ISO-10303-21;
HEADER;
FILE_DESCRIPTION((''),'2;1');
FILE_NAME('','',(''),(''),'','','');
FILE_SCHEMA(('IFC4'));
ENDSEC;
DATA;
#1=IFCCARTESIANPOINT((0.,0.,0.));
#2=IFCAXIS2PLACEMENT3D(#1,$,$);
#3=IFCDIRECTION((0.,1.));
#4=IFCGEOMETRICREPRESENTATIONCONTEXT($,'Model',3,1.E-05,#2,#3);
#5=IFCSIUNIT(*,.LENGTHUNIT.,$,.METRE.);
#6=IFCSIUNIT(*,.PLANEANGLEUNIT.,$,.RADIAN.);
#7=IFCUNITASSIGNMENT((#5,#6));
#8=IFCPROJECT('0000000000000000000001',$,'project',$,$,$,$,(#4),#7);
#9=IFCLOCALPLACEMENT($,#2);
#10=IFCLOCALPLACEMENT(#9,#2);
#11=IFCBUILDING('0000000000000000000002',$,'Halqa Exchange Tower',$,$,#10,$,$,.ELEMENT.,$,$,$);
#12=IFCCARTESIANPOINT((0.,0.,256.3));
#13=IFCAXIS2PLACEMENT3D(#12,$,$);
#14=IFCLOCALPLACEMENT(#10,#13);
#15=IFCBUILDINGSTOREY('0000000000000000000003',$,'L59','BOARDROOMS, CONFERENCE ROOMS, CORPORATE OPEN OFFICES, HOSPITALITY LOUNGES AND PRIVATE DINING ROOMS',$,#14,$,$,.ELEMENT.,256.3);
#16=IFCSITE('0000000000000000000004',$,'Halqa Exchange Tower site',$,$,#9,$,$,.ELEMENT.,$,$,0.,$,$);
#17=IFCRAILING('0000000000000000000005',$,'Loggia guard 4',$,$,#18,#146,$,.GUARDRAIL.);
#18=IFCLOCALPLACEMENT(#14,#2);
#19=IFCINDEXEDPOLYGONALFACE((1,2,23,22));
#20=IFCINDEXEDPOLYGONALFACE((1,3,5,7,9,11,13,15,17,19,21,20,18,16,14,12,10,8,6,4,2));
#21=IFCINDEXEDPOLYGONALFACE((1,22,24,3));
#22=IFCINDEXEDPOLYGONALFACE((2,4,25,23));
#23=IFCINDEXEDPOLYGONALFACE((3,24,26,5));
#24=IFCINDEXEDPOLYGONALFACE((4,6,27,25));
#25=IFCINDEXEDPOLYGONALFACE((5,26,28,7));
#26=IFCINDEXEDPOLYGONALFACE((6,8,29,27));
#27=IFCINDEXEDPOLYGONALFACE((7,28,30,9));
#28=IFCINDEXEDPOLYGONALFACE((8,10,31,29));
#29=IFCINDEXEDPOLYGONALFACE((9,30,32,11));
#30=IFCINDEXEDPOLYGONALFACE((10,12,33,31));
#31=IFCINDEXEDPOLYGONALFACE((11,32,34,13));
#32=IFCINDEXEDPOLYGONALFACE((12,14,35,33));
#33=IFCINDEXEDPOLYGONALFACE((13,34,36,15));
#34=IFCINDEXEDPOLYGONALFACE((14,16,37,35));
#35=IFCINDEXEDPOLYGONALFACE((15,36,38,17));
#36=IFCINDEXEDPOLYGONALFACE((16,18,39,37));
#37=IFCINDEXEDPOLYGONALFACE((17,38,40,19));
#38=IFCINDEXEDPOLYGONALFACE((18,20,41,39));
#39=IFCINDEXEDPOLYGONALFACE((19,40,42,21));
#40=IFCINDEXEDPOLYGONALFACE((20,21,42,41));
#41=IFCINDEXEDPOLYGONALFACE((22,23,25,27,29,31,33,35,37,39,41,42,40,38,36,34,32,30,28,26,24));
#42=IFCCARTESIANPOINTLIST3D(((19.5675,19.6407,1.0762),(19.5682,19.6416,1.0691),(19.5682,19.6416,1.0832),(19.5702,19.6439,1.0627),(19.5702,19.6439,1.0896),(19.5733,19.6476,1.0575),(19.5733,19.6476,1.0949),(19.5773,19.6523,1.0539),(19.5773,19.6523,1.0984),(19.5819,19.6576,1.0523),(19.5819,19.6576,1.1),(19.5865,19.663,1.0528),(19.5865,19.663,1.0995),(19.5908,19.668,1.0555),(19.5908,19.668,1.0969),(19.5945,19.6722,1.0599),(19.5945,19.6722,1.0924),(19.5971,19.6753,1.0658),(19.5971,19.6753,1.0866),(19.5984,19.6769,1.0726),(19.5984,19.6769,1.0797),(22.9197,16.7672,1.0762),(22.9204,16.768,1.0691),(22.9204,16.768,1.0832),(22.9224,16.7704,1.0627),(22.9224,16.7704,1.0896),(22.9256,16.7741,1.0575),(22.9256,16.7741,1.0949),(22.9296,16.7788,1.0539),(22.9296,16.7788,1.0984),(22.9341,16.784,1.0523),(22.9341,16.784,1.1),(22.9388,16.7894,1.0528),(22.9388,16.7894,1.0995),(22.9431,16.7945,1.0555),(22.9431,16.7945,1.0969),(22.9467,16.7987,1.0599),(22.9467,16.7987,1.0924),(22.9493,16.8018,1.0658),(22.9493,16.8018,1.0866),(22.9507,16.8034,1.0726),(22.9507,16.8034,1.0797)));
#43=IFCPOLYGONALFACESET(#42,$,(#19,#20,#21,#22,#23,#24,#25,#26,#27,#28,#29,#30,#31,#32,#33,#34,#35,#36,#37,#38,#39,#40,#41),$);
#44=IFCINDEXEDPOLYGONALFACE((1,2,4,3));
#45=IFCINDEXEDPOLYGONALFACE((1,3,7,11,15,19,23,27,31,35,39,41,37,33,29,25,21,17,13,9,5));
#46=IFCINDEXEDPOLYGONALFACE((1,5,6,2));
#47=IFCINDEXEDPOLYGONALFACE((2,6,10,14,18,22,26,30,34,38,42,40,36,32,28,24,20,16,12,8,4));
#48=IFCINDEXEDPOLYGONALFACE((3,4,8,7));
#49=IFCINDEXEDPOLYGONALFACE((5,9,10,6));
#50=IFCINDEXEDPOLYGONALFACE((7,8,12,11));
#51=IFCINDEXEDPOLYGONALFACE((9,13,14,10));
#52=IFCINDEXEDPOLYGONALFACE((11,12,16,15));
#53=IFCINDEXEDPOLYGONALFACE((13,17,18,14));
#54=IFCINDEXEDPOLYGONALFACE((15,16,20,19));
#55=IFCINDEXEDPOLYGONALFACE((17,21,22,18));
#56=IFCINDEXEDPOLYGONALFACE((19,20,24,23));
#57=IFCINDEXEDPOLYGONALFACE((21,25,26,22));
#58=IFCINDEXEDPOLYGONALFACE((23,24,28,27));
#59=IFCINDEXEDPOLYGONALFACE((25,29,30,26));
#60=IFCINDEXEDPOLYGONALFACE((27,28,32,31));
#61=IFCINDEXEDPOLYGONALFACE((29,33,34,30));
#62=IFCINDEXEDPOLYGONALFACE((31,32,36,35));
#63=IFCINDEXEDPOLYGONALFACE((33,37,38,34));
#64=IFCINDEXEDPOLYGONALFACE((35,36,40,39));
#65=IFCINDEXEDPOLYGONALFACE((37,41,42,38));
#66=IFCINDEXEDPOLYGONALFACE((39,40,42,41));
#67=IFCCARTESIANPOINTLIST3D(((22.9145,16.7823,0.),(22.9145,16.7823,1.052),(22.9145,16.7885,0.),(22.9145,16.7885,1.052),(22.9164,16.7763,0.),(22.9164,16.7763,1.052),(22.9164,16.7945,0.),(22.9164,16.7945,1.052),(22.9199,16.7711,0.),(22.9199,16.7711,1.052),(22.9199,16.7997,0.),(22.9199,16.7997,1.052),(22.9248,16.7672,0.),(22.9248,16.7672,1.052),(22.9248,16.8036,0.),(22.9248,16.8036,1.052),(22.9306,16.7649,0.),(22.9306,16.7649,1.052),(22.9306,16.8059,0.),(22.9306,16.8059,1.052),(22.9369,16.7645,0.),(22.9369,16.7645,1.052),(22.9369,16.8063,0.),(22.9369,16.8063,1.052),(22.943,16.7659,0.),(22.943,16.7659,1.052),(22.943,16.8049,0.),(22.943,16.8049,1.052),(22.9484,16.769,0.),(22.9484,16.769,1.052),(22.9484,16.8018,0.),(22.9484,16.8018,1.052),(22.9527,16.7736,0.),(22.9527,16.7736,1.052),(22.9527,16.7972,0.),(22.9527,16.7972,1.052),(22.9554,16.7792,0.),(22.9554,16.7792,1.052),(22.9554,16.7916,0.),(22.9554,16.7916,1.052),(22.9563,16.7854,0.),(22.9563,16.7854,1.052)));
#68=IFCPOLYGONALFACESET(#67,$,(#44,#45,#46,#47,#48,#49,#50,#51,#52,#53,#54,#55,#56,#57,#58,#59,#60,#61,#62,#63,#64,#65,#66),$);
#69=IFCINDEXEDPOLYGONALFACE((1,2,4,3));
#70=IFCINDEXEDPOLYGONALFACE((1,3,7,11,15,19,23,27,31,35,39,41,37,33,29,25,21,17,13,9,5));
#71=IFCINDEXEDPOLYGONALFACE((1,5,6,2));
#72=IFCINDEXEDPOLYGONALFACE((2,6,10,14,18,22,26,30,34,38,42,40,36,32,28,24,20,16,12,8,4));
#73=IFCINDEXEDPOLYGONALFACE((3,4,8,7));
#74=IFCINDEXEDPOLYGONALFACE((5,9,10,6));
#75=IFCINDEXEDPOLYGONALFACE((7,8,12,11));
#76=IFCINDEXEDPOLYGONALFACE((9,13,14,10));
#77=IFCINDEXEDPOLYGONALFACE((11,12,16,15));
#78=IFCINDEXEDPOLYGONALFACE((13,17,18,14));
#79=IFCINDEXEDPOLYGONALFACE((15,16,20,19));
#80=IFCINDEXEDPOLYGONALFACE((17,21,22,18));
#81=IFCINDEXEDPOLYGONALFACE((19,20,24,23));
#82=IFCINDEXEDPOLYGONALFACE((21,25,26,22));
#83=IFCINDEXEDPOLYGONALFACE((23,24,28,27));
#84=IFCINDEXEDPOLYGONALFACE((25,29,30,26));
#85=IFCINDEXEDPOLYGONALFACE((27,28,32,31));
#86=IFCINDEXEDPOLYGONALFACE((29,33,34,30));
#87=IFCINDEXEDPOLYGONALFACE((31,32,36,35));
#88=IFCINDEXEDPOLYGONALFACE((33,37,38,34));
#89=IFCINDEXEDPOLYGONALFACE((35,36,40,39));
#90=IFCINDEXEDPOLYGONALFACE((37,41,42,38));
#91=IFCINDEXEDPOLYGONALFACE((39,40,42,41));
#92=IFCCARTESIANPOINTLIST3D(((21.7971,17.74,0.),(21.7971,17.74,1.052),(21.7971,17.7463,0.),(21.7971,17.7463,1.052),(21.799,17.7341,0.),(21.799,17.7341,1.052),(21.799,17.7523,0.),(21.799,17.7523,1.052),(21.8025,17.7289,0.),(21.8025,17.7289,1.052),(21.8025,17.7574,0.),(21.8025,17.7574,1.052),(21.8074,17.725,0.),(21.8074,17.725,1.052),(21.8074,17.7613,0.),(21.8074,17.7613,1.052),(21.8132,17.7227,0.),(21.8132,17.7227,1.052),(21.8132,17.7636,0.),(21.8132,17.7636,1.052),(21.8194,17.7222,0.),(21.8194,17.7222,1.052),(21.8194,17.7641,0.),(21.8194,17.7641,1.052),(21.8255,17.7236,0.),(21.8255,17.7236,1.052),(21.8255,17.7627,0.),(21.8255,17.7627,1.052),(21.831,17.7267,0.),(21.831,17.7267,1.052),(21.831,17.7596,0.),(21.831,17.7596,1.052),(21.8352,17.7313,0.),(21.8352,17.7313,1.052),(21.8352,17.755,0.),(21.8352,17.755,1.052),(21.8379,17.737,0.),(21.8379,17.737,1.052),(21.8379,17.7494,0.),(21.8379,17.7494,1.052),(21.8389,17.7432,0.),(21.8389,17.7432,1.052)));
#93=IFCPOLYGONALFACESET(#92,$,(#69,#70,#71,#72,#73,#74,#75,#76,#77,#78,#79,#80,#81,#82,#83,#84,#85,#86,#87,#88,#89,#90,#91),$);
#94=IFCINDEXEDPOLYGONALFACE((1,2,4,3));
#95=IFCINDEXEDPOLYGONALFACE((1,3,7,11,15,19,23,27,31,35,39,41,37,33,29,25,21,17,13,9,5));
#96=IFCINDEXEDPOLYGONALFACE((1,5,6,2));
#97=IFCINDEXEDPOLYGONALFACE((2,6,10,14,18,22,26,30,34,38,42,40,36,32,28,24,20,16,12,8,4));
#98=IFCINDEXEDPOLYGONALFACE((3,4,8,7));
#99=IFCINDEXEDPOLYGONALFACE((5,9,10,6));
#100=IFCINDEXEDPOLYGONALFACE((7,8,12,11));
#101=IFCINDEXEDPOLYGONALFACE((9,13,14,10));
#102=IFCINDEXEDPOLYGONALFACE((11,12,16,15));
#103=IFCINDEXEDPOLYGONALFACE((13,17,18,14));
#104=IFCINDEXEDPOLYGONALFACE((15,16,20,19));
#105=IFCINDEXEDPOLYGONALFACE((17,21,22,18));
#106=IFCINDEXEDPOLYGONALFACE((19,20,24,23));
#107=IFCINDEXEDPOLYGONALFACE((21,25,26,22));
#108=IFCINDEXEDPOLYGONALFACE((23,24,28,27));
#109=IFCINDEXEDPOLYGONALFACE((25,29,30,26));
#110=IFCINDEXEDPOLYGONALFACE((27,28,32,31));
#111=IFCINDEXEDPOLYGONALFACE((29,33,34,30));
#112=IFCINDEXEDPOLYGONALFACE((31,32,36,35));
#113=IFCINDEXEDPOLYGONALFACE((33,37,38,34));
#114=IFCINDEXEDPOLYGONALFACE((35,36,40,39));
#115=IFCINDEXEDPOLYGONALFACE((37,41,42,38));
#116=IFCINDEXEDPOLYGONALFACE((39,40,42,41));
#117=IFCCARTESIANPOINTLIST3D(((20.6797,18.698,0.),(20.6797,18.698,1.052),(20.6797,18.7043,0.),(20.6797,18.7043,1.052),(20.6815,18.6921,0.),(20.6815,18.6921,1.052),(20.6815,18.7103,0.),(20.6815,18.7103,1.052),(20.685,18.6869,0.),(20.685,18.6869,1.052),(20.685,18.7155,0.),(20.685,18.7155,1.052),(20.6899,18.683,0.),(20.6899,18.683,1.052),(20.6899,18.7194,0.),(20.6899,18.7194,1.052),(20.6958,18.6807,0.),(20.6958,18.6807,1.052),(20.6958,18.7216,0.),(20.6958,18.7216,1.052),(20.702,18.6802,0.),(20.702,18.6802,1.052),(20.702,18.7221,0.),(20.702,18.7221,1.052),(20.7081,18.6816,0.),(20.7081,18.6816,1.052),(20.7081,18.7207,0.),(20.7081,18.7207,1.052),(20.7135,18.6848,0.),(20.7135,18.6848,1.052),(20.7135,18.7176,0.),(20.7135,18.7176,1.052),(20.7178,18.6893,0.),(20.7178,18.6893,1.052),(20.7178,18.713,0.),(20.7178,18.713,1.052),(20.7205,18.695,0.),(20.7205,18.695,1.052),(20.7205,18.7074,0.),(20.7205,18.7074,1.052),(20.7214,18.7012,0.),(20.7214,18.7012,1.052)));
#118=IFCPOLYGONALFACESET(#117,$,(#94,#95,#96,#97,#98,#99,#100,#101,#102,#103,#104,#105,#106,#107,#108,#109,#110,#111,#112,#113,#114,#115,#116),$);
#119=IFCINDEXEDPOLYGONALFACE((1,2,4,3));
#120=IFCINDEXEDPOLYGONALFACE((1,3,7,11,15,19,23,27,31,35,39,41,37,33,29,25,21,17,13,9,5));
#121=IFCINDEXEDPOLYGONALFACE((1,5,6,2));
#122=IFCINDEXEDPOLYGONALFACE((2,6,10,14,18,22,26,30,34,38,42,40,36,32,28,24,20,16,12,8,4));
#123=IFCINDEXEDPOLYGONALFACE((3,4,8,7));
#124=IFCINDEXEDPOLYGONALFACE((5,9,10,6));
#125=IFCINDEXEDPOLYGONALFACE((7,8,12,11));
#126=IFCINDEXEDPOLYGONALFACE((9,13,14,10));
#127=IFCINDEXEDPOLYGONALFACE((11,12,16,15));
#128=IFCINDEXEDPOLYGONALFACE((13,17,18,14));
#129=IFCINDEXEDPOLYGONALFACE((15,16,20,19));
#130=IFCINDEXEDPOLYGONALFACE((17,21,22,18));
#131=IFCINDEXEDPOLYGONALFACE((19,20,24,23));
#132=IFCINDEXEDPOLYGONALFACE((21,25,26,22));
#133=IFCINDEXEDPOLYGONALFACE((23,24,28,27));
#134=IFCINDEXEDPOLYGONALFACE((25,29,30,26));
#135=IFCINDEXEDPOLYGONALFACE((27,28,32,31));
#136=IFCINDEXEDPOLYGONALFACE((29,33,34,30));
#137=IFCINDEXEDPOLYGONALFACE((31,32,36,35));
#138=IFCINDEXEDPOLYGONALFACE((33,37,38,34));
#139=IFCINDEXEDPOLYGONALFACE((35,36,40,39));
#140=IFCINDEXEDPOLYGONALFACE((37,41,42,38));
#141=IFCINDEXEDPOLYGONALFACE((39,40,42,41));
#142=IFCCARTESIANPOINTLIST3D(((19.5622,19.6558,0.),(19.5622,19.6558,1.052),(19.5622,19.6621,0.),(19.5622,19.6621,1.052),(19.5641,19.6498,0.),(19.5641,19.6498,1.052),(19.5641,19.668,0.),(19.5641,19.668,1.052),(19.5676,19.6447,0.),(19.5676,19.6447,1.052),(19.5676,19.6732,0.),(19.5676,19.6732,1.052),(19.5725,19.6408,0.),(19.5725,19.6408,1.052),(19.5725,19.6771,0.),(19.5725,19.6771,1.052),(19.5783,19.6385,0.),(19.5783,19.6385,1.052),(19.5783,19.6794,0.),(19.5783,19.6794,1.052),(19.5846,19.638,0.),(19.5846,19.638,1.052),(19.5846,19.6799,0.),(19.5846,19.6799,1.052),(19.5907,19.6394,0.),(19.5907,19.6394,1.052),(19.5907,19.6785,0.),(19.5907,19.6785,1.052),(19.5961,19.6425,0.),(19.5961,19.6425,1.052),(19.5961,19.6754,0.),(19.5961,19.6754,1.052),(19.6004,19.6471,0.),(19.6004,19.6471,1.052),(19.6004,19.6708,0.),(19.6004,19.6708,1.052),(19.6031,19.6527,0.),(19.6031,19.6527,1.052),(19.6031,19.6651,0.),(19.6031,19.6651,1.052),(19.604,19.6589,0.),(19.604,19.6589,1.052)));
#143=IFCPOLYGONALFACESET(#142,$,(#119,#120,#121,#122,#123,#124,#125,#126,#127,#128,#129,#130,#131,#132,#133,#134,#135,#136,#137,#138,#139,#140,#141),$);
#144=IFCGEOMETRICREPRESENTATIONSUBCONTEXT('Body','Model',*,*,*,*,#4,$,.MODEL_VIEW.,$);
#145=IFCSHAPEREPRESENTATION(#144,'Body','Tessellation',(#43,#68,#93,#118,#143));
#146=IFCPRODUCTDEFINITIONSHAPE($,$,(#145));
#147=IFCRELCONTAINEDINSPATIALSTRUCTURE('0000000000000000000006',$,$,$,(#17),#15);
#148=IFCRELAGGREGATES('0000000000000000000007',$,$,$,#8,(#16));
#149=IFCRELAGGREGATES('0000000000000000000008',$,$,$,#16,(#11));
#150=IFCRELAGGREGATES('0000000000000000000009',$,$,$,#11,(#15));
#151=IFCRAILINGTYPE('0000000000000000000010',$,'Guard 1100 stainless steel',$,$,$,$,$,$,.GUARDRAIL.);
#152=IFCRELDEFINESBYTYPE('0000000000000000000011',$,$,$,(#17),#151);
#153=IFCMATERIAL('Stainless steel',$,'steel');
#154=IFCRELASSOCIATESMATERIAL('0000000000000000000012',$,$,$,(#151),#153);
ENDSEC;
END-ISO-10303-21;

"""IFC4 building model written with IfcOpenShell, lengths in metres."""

from ifc_helpers import new_model, si_unit, direction, frame, origin, origin_2d, place, context, subcontext, project, spatial, circle, extrude, material, type_object, element, save


model = new_model("IFC4")

# Units and contexts
model_context = context("Model", 3, precision=1e-05, world=origin(), true_north=direction((0.0, 1.0)))
body_context = subcontext(model_context, "Body", "Model", "MODEL_VIEW")
ifc_project = project(units=[si_unit("LENGTHUNIT", "METRE"), si_unit("PLANEANGLEUNIT", "RADIAN")], contexts=[model_context])

# Site, building, storey
site_placement = place(None, origin())
site = spatial("IfcSite", under=ifc_project, at=site_placement, Name="Halqa Exchange Tower site", CompositionType="ELEMENT", RefElevation=0.0)
building_placement = place(site_placement, origin())
building = spatial("IfcBuilding", under=site, at=building_placement, Name="Halqa Exchange Tower", CompositionType="ELEMENT")
storey_placement = place(building_placement, frame((0.0, 0.0, 256.3)))
storey = spatial("IfcBuildingStorey", under=building, at=storey_placement, Name="L59", Description="BOARDROOMS, CONFERENCE ROOMS, CORPORATE OPEN OFFICES, HOSPITALITY LOUNGES AND PRIVATE DINING ROOMS", CompositionType="ELEMENT", Elevation=256.3)

# Railing
ifc_material_1 = material(Name="Stainless steel", Category="steel")
railing_type = type_object("IfcRailingType", Name="Guard 1100 stainless steel", PredefinedType="GUARDRAIL", material=ifc_material_1)
railing_1_placement = place(storey_placement, frame((22.9353, 16.7854, 0.0)))
element("IfcRailing", 1, at=railing_1_placement, inside=storey, type_object=railing_type, Name="Loggia guard 4", PredefinedType="GUARDRAIL", context=body_context, shape_type="SweptSolid", body=[
    extrude(circle(Radius=0.0239, at=origin_2d()), frame((0.0, 0.0, 1.0762), z_axis=(-0.759241, 0.65081, 0.0), x_axis=(-0.65081, -0.759241, 0.0)), (0.0, 0.0, 1.0), 4.4153),
    extrude(circle(Radius=0.021, at=origin_2d()), origin(), (0.0, 0.0, 1.0), 1.052),
    extrude(circle(Radius=0.021, at=origin_2d()), frame((-1.1174, 0.9578, 0.0)), (0.0, 0.0, 1.0), 1.052),
    extrude(circle(Radius=0.021, at=origin_2d()), frame((-2.2349, 1.9158, 0.0)), (0.0, 0.0, 1.0), 1.052),
    extrude(circle(Radius=0.021, at=origin_2d()), frame((-3.3523, 2.8735, 0.0)), (0.0, 0.0, 1.0), 1.052),
])

save(model, "model.ifc")
